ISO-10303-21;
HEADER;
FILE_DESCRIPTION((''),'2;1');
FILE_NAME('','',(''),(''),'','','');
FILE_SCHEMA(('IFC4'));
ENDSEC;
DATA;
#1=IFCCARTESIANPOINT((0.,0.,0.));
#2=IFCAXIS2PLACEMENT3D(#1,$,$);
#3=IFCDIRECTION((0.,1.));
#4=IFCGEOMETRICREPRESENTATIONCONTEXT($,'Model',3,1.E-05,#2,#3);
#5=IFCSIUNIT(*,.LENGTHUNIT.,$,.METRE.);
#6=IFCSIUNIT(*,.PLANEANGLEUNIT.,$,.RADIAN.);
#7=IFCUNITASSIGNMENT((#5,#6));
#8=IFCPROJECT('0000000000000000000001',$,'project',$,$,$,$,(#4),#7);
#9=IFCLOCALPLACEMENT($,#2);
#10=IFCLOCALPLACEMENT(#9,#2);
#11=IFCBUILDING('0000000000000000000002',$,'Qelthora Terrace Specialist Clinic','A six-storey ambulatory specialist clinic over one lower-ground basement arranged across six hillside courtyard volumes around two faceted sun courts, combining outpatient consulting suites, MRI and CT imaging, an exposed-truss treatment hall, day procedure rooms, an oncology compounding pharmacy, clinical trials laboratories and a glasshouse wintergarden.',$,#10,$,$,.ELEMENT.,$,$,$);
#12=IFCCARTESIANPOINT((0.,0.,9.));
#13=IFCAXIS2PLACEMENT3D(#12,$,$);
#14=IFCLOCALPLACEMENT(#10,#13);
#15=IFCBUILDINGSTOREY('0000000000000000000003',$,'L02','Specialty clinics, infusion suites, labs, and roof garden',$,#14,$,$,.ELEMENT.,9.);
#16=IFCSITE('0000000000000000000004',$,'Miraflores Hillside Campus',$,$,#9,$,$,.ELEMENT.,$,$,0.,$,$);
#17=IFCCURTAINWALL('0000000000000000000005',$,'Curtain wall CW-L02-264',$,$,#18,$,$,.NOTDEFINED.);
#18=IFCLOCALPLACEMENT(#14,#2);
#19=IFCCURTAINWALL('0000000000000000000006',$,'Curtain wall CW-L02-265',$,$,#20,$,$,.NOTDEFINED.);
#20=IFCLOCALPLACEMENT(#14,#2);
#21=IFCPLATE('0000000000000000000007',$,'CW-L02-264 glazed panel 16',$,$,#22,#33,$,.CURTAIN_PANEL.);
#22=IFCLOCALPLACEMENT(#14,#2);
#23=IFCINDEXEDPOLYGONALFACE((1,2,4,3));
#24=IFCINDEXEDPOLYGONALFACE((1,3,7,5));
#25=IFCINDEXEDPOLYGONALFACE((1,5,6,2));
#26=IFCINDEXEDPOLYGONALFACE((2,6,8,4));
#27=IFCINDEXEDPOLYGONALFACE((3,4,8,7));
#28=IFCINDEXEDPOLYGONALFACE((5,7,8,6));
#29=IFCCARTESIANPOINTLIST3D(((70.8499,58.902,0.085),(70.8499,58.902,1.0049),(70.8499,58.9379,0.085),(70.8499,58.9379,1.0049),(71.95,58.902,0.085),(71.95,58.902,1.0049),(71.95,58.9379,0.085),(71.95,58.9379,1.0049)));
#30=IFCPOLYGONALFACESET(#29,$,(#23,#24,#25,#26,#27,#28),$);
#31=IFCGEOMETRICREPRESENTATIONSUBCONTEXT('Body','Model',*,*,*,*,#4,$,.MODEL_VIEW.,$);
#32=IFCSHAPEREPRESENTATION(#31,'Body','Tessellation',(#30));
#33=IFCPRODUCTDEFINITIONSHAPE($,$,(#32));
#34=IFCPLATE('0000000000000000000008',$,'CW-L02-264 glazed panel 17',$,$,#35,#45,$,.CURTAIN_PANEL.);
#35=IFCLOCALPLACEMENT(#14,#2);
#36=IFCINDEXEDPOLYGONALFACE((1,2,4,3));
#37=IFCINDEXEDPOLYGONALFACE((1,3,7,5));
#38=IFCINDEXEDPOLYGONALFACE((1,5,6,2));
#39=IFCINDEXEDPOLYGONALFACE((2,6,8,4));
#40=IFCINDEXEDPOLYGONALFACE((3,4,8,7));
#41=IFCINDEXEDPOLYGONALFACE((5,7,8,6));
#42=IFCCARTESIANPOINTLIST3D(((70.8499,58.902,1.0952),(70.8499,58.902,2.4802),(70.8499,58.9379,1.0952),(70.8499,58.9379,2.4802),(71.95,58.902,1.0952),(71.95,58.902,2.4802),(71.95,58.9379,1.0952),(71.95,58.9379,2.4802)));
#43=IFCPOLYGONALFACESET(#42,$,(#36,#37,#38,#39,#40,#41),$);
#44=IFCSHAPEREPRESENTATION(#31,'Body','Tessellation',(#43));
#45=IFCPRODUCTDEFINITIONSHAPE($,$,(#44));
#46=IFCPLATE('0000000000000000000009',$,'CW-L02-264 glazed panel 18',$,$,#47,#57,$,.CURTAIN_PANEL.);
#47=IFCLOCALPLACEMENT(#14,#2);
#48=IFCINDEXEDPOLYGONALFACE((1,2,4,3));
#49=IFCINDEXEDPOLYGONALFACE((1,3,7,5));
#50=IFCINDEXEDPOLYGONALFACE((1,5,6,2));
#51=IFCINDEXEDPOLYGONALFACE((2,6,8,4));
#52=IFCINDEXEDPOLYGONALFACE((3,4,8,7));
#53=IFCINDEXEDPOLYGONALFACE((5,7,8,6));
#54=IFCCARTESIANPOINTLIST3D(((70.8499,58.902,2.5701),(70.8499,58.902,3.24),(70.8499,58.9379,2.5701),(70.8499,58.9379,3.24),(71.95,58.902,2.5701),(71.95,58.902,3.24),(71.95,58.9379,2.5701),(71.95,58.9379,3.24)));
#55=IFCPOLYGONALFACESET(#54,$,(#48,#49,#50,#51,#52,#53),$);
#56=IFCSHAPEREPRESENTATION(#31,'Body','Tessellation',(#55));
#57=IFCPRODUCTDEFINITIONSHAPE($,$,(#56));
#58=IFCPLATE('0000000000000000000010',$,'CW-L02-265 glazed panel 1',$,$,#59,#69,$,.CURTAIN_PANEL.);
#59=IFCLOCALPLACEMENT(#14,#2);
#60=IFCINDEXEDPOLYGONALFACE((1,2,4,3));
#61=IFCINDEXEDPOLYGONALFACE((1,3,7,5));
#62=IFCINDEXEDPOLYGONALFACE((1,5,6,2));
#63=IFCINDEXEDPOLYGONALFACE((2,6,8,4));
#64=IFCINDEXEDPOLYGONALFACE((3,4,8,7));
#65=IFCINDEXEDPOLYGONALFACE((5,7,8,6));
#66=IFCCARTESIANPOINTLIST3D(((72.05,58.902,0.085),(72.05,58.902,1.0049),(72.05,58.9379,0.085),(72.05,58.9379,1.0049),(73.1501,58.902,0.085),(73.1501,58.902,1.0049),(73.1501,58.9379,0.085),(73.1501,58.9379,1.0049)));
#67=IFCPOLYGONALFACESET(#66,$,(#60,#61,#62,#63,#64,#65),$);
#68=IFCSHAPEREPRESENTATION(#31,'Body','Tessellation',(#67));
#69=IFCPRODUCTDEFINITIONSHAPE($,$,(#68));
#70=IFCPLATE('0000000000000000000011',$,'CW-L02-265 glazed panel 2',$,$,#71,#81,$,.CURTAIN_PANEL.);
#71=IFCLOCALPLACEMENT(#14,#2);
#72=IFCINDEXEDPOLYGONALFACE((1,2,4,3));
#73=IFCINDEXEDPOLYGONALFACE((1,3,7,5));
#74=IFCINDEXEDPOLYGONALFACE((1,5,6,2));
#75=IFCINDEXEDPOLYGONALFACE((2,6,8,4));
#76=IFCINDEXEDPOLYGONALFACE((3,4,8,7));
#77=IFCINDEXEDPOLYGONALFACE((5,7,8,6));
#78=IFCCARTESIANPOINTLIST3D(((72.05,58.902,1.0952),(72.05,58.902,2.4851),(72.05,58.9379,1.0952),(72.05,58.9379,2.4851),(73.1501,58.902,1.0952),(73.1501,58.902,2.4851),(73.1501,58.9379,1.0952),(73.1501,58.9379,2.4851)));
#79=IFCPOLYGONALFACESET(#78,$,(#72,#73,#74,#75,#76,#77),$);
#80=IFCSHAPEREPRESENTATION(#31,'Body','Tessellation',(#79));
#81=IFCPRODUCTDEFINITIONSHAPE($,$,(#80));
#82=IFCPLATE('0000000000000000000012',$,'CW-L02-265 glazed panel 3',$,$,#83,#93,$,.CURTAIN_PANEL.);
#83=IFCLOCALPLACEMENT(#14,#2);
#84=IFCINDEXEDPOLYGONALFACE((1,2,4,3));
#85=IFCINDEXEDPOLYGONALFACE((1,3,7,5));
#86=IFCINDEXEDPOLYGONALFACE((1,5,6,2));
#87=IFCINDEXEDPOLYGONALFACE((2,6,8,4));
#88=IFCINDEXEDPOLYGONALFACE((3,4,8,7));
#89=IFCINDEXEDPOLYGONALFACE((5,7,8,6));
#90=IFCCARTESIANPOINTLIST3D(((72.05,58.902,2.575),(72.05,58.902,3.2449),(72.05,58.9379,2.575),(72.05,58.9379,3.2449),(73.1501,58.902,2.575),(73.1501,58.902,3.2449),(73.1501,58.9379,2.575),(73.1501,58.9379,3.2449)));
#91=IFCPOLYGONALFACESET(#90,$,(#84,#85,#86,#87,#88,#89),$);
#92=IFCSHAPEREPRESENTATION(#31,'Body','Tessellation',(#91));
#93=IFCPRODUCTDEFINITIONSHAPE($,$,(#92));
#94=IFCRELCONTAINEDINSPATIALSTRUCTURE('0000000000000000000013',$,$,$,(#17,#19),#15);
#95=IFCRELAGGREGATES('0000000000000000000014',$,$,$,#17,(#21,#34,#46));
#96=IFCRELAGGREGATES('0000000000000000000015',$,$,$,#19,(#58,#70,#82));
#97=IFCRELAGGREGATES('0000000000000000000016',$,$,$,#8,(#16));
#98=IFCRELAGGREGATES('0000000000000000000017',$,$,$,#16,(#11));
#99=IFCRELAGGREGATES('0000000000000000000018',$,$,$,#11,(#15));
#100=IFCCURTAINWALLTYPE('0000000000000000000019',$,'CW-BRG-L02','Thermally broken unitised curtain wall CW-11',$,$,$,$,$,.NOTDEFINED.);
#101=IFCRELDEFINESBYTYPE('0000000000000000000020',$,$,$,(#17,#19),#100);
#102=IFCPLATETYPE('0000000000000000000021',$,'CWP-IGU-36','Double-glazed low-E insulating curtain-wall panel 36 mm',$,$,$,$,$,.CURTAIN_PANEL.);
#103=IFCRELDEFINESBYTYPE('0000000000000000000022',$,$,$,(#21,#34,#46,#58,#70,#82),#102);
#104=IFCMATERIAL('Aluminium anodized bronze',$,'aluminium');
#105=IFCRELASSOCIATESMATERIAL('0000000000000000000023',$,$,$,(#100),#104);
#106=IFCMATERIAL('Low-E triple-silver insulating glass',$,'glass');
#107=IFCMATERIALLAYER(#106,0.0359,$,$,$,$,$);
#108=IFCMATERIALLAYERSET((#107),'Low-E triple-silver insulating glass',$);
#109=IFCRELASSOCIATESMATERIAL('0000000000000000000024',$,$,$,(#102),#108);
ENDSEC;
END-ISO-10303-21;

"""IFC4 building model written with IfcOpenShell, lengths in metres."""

from ifc_helpers import new_model, si_unit, direction, frame, origin, origin_2d, place, context, subcontext, project, spatial, rectangle, extrude, material, layer, layer_set, type_object, element, aggregate, save


model = new_model("IFC4")

# Units and contexts
model_context = context("Model", 3, precision=1e-05, world=origin(), true_north=direction((0.0, 1.0)))
body_context = subcontext(model_context, "Body", "Model", "MODEL_VIEW")
ifc_project = project(units=[si_unit("LENGTHUNIT", "METRE"), si_unit("PLANEANGLEUNIT", "RADIAN")], contexts=[model_context])

# Site, building, storey
site_placement = place(None, origin())
site = spatial("IfcSite", under=ifc_project, at=site_placement, Name="Miraflores Hillside Campus", CompositionType="ELEMENT", RefElevation=0.0)
building_placement = place(site_placement, origin())
building = spatial("IfcBuilding", under=site, at=building_placement, Name="Qelthora Terrace Specialist Clinic", Description="A six-storey ambulatory specialist clinic over one lower-ground basement arranged across six hillside courtyard volumes around two faceted sun courts, combining outpatient consulting suites, MRI and CT imaging, an exposed-truss treatment hall, day procedure rooms, an oncology compounding pharmacy, clinical trials laboratories and a glasshouse wintergarden.", CompositionType="ELEMENT")
storey_placement = place(building_placement, frame((0.0, 0.0, 9.0)))
storey = spatial("IfcBuildingStorey", under=building, at=storey_placement, Name="L02", Description="Specialty clinics, infusion suites, labs, and roof garden", CompositionType="ELEMENT", Elevation=9.0)

# Curtain walls
ifc_material_1 = material(Name="Aluminium anodized bronze", Category="aluminium")
curtain_wall_type = type_object("IfcCurtainWallType", Name="CW-BRG-L02", Description="Thermally broken unitised curtain wall CW-11", PredefinedType="NOTDEFINED", material=ifc_material_1)
curtain_wall_1_placement = place(storey_placement, origin())
curtain_wall_1 = element("IfcCurtainWall", 1, at=curtain_wall_1_placement, inside=storey, type_object=curtain_wall_type, Name="Curtain wall CW-L02-264", PredefinedType="NOTDEFINED")
curtain_wall_2_placement = place(storey_placement, origin())
curtain_wall_2 = element("IfcCurtainWall", 2, at=curtain_wall_2_placement, inside=storey, type_object=curtain_wall_type, Name="Curtain wall CW-L02-265", PredefinedType="NOTDEFINED")

# Plates
ifc_material_2 = material(Name="Low-E triple-silver insulating glass", Category="glass")
ifc_layer = layer(ifc_material_2, 0.0359)
ifc_layer_set = layer_set([ifc_layer], Name="Low-E triple-silver insulating glass")
plate_type = type_object("IfcPlateType", Name="CWP-IGU-36", Description="Double-glazed low-E insulating curtain-wall panel 36 mm", PredefinedType="CURTAIN_PANEL", material=ifc_layer_set)
plate_1_placement = place(storey_placement, frame((71.3999, 58.9199, 0.085), z_axis=(0.0, 0.0, 1.0), x_axis=(1.0, 0.0, 0.0)))
plate_1 = element("IfcPlate", 3, at=plate_1_placement, type_object=plate_type, Name="CW-L02-264 glazed panel 16", PredefinedType="CURTAIN_PANEL", context=body_context, shape_type="SweptSolid", body=[
    extrude(rectangle(XDim=1.1001, YDim=0.0359, at=origin_2d()), origin(), (0.0, 0.0, 1.0), 0.9199),
])
plate_2_placement = place(storey_placement, frame((71.3999, 58.9199, 1.0952), z_axis=(0.0, 0.0, 1.0), x_axis=(1.0, 0.0, 0.0)))
plate_2 = element("IfcPlate", 4, at=plate_2_placement, type_object=plate_type, Name="CW-L02-264 glazed panel 17", PredefinedType="CURTAIN_PANEL", context=body_context, shape_type="SweptSolid", body=[
    extrude(rectangle(XDim=1.1001, YDim=0.0359, at=origin_2d()), origin(), (0.0, 0.0, 1.0), 1.385),
])
plate_3_placement = place(storey_placement, frame((71.3999, 58.9199, 2.5701), z_axis=(0.0, 0.0, 1.0), x_axis=(1.0, 0.0, 0.0)))
plate_3 = element("IfcPlate", 5, at=plate_3_placement, type_object=plate_type, Name="CW-L02-264 glazed panel 18", PredefinedType="CURTAIN_PANEL", context=body_context, shape_type="SweptSolid", body=[
    extrude(rectangle(XDim=1.1001, YDim=0.0359, at=origin_2d()), origin(), (0.0, 0.0, 1.0), 0.6699),
])
aggregate(curtain_wall_1, [plate_1, plate_2, plate_3])
plate_4_placement = place(storey_placement, frame((72.6001, 58.9199, 0.085), z_axis=(0.0, 0.0, 1.0), x_axis=(1.0, 0.0, 0.0)))
plate_4 = element("IfcPlate", 6, at=plate_4_placement, type_object=plate_type, Name="CW-L02-265 glazed panel 1", PredefinedType="CURTAIN_PANEL", context=body_context, shape_type="SweptSolid", body=[
    extrude(rectangle(XDim=1.1001, YDim=0.0359, at=origin_2d()), origin(), (0.0, 0.0, 1.0), 0.9199),
])
plate_5_placement = place(storey_placement, frame((72.6001, 58.9199, 1.0952), z_axis=(0.0, 0.0, 1.0), x_axis=(1.0, 0.0, 0.0)))
plate_5 = element("IfcPlate", 7, at=plate_5_placement, type_object=plate_type, Name="CW-L02-265 glazed panel 2", PredefinedType="CURTAIN_PANEL", context=body_context, shape_type="SweptSolid", body=[
    extrude(rectangle(XDim=1.1001, YDim=0.0359, at=origin_2d()), origin(), (0.0, 0.0, 1.0), 1.3899),
])
plate_6_placement = place(storey_placement, frame((72.6001, 58.9199, 2.575), z_axis=(0.0, 0.0, 1.0), x_axis=(1.0, 0.0, 0.0)))
plate_6 = element("IfcPlate", 8, at=plate_6_placement, type_object=plate_type, Name="CW-L02-265 glazed panel 3", PredefinedType="CURTAIN_PANEL", context=body_context, shape_type="SweptSolid", body=[
    extrude(rectangle(XDim=1.1001, YDim=0.0359, at=origin_2d()), origin(), (0.0, 0.0, 1.0), 0.6699),
])
aggregate(curtain_wall_2, [plate_4, plate_5, plate_6])

save(model, "model.ifc")
